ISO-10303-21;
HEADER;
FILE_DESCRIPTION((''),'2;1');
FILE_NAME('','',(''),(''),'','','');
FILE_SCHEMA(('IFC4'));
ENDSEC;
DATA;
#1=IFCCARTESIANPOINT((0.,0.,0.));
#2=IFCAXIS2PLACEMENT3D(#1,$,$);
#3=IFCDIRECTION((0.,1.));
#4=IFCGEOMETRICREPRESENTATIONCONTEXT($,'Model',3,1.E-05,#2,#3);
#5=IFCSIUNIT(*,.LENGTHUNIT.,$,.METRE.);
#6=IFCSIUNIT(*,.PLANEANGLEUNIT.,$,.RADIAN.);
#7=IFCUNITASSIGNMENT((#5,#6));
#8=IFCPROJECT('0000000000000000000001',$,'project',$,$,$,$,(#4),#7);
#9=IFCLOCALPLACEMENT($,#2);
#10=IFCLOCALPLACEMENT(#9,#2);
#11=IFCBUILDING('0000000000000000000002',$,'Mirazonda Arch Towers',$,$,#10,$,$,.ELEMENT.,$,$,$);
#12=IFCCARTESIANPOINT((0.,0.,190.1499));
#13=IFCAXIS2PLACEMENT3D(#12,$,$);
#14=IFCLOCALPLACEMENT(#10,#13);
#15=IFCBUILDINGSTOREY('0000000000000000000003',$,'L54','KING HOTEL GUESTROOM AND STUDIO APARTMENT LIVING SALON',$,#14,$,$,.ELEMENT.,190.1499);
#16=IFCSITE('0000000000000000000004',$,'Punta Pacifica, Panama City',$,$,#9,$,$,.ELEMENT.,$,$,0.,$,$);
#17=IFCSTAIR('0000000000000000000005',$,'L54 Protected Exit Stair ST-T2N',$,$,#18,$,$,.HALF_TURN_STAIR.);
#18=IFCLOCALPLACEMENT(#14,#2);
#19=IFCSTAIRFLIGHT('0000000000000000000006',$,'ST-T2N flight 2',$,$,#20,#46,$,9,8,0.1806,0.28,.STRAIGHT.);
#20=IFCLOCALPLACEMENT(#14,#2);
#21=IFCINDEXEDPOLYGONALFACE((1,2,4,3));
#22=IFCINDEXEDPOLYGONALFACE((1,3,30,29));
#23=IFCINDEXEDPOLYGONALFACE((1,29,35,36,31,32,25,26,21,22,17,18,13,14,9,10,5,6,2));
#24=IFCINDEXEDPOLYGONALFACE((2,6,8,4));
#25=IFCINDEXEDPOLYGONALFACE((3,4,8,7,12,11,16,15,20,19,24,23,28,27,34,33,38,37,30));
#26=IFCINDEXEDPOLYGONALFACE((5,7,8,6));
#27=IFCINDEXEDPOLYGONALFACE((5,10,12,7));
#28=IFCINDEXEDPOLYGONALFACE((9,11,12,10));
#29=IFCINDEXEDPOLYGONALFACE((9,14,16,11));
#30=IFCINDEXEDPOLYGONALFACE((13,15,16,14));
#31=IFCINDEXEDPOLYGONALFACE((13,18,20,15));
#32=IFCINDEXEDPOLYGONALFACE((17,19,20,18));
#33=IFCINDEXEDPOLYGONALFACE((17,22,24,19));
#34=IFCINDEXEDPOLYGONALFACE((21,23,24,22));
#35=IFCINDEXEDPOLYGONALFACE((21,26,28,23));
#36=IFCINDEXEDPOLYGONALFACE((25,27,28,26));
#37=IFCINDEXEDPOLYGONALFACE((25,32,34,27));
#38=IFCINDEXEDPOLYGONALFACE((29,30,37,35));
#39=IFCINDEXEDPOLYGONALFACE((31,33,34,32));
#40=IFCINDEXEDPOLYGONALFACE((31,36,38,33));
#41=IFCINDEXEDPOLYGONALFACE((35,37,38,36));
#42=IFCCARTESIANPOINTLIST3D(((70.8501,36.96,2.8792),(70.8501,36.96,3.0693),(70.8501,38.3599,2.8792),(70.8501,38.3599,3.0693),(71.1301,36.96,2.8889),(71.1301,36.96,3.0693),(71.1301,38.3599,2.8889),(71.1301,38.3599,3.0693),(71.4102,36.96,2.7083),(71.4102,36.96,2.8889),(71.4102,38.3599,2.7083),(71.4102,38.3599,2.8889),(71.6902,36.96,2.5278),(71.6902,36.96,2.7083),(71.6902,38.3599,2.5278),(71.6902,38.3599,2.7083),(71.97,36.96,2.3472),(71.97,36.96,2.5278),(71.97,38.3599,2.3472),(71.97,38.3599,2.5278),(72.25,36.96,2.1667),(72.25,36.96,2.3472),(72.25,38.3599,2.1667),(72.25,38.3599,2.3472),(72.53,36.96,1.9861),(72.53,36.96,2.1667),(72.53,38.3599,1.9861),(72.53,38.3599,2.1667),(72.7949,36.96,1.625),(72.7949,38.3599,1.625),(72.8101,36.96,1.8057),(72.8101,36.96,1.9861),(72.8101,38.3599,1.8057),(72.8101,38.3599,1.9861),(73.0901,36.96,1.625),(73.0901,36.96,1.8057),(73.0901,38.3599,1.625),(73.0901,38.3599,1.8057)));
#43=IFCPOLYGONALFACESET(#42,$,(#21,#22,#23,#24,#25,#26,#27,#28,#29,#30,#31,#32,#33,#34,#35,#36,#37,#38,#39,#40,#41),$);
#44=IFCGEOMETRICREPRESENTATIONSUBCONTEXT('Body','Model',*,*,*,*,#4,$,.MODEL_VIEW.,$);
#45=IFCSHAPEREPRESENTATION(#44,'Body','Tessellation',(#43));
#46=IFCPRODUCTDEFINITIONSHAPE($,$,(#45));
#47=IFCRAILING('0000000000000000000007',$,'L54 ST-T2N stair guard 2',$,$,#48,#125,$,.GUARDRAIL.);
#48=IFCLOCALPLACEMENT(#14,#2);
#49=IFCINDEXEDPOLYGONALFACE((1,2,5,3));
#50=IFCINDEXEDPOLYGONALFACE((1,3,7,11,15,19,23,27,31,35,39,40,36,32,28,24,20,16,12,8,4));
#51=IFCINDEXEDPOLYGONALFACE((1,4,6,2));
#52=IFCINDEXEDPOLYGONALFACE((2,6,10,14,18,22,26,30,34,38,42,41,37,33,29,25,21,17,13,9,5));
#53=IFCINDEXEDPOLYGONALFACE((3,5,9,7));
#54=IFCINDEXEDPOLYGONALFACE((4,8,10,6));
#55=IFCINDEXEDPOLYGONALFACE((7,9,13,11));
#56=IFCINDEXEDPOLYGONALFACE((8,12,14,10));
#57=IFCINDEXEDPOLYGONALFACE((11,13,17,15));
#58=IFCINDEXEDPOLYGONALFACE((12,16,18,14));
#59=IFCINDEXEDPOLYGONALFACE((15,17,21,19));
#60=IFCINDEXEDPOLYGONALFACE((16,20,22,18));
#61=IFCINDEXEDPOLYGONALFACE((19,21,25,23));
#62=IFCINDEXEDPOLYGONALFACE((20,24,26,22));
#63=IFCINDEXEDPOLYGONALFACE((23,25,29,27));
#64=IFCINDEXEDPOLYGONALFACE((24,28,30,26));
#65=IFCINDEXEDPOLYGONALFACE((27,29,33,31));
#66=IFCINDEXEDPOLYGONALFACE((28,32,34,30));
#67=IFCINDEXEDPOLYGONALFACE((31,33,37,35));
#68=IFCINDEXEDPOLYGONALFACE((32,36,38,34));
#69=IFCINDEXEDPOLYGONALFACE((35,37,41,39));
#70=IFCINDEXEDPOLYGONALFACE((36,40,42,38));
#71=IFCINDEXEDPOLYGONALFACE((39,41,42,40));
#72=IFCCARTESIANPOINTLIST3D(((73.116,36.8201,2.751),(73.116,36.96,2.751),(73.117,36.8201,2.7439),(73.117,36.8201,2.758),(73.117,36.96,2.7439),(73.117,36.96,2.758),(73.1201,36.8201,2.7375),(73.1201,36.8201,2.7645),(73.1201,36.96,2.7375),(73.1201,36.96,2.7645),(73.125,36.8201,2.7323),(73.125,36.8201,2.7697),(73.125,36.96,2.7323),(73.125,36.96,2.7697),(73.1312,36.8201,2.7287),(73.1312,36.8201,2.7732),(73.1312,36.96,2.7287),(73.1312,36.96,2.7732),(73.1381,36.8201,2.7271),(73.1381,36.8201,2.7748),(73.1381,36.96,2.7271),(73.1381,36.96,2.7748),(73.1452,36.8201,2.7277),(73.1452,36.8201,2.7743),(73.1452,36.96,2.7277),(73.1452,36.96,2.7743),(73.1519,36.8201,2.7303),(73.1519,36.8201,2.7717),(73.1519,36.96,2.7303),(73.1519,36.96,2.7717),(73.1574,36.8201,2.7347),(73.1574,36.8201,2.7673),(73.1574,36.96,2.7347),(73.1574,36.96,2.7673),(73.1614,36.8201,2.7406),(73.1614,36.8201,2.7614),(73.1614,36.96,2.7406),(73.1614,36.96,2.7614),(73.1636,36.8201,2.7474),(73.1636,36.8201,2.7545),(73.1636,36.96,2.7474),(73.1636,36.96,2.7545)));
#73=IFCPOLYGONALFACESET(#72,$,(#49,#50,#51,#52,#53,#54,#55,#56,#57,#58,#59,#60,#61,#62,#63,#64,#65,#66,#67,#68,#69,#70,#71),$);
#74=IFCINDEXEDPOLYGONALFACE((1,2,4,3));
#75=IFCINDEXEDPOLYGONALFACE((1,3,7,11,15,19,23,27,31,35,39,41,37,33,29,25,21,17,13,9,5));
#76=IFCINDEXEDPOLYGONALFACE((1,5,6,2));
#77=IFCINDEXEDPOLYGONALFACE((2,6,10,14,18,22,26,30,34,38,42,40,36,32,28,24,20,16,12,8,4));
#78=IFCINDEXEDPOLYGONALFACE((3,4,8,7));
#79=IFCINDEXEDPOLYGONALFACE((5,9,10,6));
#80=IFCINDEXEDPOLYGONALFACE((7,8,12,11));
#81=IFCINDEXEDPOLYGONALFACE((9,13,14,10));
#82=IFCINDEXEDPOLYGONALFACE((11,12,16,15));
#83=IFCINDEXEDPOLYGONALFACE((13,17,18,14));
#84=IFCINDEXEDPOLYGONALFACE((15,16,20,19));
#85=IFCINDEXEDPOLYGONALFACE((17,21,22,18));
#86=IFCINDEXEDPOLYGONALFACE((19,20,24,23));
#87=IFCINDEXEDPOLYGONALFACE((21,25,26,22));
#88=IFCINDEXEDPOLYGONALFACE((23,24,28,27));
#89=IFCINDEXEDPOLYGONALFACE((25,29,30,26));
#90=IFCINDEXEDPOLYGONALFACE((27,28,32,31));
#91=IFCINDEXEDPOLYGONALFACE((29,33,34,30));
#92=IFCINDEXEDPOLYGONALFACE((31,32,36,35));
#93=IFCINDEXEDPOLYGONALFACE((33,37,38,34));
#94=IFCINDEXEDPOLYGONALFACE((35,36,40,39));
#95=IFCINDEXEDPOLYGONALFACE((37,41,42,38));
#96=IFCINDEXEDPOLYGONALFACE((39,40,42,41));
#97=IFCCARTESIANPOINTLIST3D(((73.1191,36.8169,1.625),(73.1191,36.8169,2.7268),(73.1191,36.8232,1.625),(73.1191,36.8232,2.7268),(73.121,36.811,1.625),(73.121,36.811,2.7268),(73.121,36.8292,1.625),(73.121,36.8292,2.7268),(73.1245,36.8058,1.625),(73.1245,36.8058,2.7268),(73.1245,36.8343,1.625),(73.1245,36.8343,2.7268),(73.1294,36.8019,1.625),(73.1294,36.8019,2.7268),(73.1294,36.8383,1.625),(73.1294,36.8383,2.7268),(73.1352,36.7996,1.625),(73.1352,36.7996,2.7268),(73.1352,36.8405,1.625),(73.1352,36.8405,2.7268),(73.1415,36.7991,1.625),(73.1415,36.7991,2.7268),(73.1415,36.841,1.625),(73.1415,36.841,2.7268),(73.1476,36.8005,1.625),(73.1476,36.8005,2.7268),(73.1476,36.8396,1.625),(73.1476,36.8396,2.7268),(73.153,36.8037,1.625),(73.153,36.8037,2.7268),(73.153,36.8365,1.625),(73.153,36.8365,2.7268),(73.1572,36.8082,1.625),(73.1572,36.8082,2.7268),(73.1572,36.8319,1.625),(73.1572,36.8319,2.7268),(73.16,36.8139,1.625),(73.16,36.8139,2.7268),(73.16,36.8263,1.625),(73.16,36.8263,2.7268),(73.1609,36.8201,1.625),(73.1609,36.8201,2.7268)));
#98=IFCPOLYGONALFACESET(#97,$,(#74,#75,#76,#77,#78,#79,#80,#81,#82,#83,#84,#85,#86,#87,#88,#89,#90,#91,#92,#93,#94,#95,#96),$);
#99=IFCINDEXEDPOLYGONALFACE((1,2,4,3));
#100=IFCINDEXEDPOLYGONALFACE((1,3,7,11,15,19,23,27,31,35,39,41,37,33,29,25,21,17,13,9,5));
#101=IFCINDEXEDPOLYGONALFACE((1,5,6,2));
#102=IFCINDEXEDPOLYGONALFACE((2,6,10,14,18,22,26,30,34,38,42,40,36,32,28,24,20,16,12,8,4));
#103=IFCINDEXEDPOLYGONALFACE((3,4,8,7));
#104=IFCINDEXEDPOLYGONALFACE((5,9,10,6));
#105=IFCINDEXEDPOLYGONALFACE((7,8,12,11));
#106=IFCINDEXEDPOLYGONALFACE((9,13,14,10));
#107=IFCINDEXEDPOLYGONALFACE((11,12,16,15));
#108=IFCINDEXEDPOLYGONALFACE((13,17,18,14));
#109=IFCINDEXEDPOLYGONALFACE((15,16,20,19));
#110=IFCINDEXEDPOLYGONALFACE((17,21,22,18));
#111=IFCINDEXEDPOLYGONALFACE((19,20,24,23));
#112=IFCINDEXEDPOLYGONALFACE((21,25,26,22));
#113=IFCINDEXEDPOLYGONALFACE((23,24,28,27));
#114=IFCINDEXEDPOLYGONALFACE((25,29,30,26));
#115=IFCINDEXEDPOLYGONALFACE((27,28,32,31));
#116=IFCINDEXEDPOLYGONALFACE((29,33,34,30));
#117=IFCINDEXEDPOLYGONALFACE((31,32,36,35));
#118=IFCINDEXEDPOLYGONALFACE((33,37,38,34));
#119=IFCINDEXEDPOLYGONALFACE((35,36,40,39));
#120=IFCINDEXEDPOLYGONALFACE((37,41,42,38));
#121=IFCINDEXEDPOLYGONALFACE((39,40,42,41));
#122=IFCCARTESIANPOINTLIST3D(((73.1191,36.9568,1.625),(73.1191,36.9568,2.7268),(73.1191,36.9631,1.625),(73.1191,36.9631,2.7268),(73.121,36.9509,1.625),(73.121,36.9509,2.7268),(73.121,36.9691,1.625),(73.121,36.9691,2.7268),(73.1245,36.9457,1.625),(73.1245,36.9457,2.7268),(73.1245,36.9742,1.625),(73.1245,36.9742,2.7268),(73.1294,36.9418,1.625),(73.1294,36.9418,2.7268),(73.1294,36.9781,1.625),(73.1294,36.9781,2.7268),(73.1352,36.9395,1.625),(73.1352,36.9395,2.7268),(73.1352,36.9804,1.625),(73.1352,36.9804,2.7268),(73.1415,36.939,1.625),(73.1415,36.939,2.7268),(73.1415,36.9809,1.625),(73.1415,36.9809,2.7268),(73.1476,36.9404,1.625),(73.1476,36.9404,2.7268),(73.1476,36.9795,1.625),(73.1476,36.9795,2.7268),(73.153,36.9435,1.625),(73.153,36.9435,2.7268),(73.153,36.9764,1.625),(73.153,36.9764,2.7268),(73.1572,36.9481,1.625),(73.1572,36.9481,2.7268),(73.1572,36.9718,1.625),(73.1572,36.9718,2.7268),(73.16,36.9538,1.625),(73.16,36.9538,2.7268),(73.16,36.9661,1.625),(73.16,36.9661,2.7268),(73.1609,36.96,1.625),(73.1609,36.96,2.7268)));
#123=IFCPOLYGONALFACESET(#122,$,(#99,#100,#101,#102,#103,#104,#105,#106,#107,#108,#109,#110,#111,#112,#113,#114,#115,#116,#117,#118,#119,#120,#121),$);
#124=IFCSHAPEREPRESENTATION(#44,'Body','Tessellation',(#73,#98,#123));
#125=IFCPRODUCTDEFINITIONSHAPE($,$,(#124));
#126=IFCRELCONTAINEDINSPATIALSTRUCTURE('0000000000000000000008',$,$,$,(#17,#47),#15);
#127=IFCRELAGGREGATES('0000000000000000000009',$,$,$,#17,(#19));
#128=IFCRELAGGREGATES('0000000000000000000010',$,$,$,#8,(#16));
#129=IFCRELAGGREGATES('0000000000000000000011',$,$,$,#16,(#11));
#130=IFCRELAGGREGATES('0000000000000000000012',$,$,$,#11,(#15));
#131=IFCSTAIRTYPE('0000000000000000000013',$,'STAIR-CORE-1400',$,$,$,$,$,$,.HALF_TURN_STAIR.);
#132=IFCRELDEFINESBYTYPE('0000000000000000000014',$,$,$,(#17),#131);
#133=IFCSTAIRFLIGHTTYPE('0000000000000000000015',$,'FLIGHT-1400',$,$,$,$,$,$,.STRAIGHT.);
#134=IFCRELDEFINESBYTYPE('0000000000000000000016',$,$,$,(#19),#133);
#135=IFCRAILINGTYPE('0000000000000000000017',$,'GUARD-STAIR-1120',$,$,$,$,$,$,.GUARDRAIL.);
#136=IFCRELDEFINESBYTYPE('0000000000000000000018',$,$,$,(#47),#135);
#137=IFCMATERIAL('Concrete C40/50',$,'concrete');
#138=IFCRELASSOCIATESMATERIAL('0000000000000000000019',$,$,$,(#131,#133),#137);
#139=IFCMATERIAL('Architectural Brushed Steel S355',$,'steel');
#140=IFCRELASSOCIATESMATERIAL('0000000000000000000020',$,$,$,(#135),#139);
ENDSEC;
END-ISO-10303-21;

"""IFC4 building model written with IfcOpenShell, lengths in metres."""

from ifc_helpers import new_model, si_unit, direction, frame, origin, origin_2d, place, context, subcontext, project, spatial, polyline, circle, outline, extrude, material, type_object, element, aggregate, save


model = new_model("IFC4")

# Units and contexts
model_context = context("Model", 3, precision=1e-05, world=origin(), true_north=direction((0.0, 1.0)))
body_context = subcontext(model_context, "Body", "Model", "MODEL_VIEW")
ifc_project = project(units=[si_unit("LENGTHUNIT", "METRE"), si_unit("PLANEANGLEUNIT", "RADIAN")], contexts=[model_context])

# Site, building, storey
site_placement = place(None, origin())
site = spatial("IfcSite", under=ifc_project, at=site_placement, Name="Punta Pacifica, Panama City", CompositionType="ELEMENT", RefElevation=0.0)
building_placement = place(site_placement, origin())
building = spatial("IfcBuilding", under=site, at=building_placement, Name="Mirazonda Arch Towers", CompositionType="ELEMENT")
storey_placement = place(building_placement, frame((0.0, 0.0, 190.1499)))
storey = spatial("IfcBuildingStorey", under=building, at=storey_placement, Name="L54", Description="KING HOTEL GUESTROOM AND STUDIO APARTMENT LIVING SALON", CompositionType="ELEMENT", Elevation=190.1499)

# Shared definitions
ifc_material_1 = material(Name="Concrete C40/50", Category="concrete")

# Shared definitions
ifc_material_2 = material(Name="Architectural Brushed Steel S355", Category="steel")

# Stair, stair flight
stair_type = type_object("IfcStairType", Name="STAIR-CORE-1400", PredefinedType="HALF_TURN_STAIR", material=ifc_material_1)
stair_placement = place(storey_placement, origin())
stair = element("IfcStair", 1, at=stair_placement, inside=storey, type_object=stair_type, Name="L54 Protected Exit Stair ST-T2N", PredefinedType="HALF_TURN_STAIR")
stair_flight_type = type_object("IfcStairFlightType", Name="FLIGHT-1400", PredefinedType="STRAIGHT", material=ifc_material_1)
stair_flight_placement = place(storey_placement, frame((73.0901, 37.6599, 1.625), z_axis=(0.0, 0.0, 1.0), x_axis=(-1.0, 0.0, 0.0)))
stair_flight = element("IfcStairFlight", 2, at=stair_flight_placement, type_object=stair_flight_type, Name="ST-T2N flight 2", NumberOfRisers=9, NumberOfTreads=8, PredefinedType="STRAIGHT", RiserHeight=0.1806, TreadLength=0.28, context=body_context, shape_type="SweptSolid", body=[
    extrude(outline(polyline([(0.0, 0.0), (0.0, 0.1807), (0.28, 0.1807), (0.28, 0.3611), (0.5601, 0.3611), (0.5601, 0.5417), (0.8401, 0.5417), (0.8401, 0.7222), (1.1201, 0.7222), (1.1201, 0.9028), (1.3999, 0.9028), (1.3999, 1.0833), (1.6799, 1.0833), (1.6799, 1.2639), (1.96, 1.2639), (1.96, 1.4443), (2.24, 1.4443), (2.24, 1.625), (2.24, 1.2542), (0.2952, 0.0), (0.0, 0.0)])), frame((0.0, 0.7, 0.0), z_axis=(0.0, -1.0, 0.0), x_axis=(1.0, 0.0, 0.0)), (0.0, 0.0, 1.0), 1.3999),
])
aggregate(stair, [stair_flight])

# Railing
railing_type_1 = type_object("IfcRailingType", Name="GUARD-STAIR-1120", PredefinedType="GUARDRAIL", material=ifc_material_2)
railing_1_placement = place(storey_placement, frame((73.1399, 36.8201, 1.625)))
element("IfcRailing", 3, at=railing_1_placement, inside=storey, type_object=railing_type_1, Name="L54 ST-T2N stair guard 2", PredefinedType="GUARDRAIL", context=body_context, shape_type="SweptSolid", body=[
    extrude(circle(Radius=0.0239, at=origin_2d()), frame((0.0, 0.0, 1.126), z_axis=(0.0, 1.0, 0.0), x_axis=(-1.0, 0.0, 0.0)), (0.0, 0.0, 1.0), 0.1399),
    extrude(circle(Radius=0.021, at=origin_2d()), origin(), (0.0, 0.0, 1.0), 1.1018),
    extrude(circle(Radius=0.021, at=origin_2d()), frame((0.0, 0.1399, 0.0)), (0.0, 0.0, 1.0), 1.1018),
])

save(model, "model.ifc")
